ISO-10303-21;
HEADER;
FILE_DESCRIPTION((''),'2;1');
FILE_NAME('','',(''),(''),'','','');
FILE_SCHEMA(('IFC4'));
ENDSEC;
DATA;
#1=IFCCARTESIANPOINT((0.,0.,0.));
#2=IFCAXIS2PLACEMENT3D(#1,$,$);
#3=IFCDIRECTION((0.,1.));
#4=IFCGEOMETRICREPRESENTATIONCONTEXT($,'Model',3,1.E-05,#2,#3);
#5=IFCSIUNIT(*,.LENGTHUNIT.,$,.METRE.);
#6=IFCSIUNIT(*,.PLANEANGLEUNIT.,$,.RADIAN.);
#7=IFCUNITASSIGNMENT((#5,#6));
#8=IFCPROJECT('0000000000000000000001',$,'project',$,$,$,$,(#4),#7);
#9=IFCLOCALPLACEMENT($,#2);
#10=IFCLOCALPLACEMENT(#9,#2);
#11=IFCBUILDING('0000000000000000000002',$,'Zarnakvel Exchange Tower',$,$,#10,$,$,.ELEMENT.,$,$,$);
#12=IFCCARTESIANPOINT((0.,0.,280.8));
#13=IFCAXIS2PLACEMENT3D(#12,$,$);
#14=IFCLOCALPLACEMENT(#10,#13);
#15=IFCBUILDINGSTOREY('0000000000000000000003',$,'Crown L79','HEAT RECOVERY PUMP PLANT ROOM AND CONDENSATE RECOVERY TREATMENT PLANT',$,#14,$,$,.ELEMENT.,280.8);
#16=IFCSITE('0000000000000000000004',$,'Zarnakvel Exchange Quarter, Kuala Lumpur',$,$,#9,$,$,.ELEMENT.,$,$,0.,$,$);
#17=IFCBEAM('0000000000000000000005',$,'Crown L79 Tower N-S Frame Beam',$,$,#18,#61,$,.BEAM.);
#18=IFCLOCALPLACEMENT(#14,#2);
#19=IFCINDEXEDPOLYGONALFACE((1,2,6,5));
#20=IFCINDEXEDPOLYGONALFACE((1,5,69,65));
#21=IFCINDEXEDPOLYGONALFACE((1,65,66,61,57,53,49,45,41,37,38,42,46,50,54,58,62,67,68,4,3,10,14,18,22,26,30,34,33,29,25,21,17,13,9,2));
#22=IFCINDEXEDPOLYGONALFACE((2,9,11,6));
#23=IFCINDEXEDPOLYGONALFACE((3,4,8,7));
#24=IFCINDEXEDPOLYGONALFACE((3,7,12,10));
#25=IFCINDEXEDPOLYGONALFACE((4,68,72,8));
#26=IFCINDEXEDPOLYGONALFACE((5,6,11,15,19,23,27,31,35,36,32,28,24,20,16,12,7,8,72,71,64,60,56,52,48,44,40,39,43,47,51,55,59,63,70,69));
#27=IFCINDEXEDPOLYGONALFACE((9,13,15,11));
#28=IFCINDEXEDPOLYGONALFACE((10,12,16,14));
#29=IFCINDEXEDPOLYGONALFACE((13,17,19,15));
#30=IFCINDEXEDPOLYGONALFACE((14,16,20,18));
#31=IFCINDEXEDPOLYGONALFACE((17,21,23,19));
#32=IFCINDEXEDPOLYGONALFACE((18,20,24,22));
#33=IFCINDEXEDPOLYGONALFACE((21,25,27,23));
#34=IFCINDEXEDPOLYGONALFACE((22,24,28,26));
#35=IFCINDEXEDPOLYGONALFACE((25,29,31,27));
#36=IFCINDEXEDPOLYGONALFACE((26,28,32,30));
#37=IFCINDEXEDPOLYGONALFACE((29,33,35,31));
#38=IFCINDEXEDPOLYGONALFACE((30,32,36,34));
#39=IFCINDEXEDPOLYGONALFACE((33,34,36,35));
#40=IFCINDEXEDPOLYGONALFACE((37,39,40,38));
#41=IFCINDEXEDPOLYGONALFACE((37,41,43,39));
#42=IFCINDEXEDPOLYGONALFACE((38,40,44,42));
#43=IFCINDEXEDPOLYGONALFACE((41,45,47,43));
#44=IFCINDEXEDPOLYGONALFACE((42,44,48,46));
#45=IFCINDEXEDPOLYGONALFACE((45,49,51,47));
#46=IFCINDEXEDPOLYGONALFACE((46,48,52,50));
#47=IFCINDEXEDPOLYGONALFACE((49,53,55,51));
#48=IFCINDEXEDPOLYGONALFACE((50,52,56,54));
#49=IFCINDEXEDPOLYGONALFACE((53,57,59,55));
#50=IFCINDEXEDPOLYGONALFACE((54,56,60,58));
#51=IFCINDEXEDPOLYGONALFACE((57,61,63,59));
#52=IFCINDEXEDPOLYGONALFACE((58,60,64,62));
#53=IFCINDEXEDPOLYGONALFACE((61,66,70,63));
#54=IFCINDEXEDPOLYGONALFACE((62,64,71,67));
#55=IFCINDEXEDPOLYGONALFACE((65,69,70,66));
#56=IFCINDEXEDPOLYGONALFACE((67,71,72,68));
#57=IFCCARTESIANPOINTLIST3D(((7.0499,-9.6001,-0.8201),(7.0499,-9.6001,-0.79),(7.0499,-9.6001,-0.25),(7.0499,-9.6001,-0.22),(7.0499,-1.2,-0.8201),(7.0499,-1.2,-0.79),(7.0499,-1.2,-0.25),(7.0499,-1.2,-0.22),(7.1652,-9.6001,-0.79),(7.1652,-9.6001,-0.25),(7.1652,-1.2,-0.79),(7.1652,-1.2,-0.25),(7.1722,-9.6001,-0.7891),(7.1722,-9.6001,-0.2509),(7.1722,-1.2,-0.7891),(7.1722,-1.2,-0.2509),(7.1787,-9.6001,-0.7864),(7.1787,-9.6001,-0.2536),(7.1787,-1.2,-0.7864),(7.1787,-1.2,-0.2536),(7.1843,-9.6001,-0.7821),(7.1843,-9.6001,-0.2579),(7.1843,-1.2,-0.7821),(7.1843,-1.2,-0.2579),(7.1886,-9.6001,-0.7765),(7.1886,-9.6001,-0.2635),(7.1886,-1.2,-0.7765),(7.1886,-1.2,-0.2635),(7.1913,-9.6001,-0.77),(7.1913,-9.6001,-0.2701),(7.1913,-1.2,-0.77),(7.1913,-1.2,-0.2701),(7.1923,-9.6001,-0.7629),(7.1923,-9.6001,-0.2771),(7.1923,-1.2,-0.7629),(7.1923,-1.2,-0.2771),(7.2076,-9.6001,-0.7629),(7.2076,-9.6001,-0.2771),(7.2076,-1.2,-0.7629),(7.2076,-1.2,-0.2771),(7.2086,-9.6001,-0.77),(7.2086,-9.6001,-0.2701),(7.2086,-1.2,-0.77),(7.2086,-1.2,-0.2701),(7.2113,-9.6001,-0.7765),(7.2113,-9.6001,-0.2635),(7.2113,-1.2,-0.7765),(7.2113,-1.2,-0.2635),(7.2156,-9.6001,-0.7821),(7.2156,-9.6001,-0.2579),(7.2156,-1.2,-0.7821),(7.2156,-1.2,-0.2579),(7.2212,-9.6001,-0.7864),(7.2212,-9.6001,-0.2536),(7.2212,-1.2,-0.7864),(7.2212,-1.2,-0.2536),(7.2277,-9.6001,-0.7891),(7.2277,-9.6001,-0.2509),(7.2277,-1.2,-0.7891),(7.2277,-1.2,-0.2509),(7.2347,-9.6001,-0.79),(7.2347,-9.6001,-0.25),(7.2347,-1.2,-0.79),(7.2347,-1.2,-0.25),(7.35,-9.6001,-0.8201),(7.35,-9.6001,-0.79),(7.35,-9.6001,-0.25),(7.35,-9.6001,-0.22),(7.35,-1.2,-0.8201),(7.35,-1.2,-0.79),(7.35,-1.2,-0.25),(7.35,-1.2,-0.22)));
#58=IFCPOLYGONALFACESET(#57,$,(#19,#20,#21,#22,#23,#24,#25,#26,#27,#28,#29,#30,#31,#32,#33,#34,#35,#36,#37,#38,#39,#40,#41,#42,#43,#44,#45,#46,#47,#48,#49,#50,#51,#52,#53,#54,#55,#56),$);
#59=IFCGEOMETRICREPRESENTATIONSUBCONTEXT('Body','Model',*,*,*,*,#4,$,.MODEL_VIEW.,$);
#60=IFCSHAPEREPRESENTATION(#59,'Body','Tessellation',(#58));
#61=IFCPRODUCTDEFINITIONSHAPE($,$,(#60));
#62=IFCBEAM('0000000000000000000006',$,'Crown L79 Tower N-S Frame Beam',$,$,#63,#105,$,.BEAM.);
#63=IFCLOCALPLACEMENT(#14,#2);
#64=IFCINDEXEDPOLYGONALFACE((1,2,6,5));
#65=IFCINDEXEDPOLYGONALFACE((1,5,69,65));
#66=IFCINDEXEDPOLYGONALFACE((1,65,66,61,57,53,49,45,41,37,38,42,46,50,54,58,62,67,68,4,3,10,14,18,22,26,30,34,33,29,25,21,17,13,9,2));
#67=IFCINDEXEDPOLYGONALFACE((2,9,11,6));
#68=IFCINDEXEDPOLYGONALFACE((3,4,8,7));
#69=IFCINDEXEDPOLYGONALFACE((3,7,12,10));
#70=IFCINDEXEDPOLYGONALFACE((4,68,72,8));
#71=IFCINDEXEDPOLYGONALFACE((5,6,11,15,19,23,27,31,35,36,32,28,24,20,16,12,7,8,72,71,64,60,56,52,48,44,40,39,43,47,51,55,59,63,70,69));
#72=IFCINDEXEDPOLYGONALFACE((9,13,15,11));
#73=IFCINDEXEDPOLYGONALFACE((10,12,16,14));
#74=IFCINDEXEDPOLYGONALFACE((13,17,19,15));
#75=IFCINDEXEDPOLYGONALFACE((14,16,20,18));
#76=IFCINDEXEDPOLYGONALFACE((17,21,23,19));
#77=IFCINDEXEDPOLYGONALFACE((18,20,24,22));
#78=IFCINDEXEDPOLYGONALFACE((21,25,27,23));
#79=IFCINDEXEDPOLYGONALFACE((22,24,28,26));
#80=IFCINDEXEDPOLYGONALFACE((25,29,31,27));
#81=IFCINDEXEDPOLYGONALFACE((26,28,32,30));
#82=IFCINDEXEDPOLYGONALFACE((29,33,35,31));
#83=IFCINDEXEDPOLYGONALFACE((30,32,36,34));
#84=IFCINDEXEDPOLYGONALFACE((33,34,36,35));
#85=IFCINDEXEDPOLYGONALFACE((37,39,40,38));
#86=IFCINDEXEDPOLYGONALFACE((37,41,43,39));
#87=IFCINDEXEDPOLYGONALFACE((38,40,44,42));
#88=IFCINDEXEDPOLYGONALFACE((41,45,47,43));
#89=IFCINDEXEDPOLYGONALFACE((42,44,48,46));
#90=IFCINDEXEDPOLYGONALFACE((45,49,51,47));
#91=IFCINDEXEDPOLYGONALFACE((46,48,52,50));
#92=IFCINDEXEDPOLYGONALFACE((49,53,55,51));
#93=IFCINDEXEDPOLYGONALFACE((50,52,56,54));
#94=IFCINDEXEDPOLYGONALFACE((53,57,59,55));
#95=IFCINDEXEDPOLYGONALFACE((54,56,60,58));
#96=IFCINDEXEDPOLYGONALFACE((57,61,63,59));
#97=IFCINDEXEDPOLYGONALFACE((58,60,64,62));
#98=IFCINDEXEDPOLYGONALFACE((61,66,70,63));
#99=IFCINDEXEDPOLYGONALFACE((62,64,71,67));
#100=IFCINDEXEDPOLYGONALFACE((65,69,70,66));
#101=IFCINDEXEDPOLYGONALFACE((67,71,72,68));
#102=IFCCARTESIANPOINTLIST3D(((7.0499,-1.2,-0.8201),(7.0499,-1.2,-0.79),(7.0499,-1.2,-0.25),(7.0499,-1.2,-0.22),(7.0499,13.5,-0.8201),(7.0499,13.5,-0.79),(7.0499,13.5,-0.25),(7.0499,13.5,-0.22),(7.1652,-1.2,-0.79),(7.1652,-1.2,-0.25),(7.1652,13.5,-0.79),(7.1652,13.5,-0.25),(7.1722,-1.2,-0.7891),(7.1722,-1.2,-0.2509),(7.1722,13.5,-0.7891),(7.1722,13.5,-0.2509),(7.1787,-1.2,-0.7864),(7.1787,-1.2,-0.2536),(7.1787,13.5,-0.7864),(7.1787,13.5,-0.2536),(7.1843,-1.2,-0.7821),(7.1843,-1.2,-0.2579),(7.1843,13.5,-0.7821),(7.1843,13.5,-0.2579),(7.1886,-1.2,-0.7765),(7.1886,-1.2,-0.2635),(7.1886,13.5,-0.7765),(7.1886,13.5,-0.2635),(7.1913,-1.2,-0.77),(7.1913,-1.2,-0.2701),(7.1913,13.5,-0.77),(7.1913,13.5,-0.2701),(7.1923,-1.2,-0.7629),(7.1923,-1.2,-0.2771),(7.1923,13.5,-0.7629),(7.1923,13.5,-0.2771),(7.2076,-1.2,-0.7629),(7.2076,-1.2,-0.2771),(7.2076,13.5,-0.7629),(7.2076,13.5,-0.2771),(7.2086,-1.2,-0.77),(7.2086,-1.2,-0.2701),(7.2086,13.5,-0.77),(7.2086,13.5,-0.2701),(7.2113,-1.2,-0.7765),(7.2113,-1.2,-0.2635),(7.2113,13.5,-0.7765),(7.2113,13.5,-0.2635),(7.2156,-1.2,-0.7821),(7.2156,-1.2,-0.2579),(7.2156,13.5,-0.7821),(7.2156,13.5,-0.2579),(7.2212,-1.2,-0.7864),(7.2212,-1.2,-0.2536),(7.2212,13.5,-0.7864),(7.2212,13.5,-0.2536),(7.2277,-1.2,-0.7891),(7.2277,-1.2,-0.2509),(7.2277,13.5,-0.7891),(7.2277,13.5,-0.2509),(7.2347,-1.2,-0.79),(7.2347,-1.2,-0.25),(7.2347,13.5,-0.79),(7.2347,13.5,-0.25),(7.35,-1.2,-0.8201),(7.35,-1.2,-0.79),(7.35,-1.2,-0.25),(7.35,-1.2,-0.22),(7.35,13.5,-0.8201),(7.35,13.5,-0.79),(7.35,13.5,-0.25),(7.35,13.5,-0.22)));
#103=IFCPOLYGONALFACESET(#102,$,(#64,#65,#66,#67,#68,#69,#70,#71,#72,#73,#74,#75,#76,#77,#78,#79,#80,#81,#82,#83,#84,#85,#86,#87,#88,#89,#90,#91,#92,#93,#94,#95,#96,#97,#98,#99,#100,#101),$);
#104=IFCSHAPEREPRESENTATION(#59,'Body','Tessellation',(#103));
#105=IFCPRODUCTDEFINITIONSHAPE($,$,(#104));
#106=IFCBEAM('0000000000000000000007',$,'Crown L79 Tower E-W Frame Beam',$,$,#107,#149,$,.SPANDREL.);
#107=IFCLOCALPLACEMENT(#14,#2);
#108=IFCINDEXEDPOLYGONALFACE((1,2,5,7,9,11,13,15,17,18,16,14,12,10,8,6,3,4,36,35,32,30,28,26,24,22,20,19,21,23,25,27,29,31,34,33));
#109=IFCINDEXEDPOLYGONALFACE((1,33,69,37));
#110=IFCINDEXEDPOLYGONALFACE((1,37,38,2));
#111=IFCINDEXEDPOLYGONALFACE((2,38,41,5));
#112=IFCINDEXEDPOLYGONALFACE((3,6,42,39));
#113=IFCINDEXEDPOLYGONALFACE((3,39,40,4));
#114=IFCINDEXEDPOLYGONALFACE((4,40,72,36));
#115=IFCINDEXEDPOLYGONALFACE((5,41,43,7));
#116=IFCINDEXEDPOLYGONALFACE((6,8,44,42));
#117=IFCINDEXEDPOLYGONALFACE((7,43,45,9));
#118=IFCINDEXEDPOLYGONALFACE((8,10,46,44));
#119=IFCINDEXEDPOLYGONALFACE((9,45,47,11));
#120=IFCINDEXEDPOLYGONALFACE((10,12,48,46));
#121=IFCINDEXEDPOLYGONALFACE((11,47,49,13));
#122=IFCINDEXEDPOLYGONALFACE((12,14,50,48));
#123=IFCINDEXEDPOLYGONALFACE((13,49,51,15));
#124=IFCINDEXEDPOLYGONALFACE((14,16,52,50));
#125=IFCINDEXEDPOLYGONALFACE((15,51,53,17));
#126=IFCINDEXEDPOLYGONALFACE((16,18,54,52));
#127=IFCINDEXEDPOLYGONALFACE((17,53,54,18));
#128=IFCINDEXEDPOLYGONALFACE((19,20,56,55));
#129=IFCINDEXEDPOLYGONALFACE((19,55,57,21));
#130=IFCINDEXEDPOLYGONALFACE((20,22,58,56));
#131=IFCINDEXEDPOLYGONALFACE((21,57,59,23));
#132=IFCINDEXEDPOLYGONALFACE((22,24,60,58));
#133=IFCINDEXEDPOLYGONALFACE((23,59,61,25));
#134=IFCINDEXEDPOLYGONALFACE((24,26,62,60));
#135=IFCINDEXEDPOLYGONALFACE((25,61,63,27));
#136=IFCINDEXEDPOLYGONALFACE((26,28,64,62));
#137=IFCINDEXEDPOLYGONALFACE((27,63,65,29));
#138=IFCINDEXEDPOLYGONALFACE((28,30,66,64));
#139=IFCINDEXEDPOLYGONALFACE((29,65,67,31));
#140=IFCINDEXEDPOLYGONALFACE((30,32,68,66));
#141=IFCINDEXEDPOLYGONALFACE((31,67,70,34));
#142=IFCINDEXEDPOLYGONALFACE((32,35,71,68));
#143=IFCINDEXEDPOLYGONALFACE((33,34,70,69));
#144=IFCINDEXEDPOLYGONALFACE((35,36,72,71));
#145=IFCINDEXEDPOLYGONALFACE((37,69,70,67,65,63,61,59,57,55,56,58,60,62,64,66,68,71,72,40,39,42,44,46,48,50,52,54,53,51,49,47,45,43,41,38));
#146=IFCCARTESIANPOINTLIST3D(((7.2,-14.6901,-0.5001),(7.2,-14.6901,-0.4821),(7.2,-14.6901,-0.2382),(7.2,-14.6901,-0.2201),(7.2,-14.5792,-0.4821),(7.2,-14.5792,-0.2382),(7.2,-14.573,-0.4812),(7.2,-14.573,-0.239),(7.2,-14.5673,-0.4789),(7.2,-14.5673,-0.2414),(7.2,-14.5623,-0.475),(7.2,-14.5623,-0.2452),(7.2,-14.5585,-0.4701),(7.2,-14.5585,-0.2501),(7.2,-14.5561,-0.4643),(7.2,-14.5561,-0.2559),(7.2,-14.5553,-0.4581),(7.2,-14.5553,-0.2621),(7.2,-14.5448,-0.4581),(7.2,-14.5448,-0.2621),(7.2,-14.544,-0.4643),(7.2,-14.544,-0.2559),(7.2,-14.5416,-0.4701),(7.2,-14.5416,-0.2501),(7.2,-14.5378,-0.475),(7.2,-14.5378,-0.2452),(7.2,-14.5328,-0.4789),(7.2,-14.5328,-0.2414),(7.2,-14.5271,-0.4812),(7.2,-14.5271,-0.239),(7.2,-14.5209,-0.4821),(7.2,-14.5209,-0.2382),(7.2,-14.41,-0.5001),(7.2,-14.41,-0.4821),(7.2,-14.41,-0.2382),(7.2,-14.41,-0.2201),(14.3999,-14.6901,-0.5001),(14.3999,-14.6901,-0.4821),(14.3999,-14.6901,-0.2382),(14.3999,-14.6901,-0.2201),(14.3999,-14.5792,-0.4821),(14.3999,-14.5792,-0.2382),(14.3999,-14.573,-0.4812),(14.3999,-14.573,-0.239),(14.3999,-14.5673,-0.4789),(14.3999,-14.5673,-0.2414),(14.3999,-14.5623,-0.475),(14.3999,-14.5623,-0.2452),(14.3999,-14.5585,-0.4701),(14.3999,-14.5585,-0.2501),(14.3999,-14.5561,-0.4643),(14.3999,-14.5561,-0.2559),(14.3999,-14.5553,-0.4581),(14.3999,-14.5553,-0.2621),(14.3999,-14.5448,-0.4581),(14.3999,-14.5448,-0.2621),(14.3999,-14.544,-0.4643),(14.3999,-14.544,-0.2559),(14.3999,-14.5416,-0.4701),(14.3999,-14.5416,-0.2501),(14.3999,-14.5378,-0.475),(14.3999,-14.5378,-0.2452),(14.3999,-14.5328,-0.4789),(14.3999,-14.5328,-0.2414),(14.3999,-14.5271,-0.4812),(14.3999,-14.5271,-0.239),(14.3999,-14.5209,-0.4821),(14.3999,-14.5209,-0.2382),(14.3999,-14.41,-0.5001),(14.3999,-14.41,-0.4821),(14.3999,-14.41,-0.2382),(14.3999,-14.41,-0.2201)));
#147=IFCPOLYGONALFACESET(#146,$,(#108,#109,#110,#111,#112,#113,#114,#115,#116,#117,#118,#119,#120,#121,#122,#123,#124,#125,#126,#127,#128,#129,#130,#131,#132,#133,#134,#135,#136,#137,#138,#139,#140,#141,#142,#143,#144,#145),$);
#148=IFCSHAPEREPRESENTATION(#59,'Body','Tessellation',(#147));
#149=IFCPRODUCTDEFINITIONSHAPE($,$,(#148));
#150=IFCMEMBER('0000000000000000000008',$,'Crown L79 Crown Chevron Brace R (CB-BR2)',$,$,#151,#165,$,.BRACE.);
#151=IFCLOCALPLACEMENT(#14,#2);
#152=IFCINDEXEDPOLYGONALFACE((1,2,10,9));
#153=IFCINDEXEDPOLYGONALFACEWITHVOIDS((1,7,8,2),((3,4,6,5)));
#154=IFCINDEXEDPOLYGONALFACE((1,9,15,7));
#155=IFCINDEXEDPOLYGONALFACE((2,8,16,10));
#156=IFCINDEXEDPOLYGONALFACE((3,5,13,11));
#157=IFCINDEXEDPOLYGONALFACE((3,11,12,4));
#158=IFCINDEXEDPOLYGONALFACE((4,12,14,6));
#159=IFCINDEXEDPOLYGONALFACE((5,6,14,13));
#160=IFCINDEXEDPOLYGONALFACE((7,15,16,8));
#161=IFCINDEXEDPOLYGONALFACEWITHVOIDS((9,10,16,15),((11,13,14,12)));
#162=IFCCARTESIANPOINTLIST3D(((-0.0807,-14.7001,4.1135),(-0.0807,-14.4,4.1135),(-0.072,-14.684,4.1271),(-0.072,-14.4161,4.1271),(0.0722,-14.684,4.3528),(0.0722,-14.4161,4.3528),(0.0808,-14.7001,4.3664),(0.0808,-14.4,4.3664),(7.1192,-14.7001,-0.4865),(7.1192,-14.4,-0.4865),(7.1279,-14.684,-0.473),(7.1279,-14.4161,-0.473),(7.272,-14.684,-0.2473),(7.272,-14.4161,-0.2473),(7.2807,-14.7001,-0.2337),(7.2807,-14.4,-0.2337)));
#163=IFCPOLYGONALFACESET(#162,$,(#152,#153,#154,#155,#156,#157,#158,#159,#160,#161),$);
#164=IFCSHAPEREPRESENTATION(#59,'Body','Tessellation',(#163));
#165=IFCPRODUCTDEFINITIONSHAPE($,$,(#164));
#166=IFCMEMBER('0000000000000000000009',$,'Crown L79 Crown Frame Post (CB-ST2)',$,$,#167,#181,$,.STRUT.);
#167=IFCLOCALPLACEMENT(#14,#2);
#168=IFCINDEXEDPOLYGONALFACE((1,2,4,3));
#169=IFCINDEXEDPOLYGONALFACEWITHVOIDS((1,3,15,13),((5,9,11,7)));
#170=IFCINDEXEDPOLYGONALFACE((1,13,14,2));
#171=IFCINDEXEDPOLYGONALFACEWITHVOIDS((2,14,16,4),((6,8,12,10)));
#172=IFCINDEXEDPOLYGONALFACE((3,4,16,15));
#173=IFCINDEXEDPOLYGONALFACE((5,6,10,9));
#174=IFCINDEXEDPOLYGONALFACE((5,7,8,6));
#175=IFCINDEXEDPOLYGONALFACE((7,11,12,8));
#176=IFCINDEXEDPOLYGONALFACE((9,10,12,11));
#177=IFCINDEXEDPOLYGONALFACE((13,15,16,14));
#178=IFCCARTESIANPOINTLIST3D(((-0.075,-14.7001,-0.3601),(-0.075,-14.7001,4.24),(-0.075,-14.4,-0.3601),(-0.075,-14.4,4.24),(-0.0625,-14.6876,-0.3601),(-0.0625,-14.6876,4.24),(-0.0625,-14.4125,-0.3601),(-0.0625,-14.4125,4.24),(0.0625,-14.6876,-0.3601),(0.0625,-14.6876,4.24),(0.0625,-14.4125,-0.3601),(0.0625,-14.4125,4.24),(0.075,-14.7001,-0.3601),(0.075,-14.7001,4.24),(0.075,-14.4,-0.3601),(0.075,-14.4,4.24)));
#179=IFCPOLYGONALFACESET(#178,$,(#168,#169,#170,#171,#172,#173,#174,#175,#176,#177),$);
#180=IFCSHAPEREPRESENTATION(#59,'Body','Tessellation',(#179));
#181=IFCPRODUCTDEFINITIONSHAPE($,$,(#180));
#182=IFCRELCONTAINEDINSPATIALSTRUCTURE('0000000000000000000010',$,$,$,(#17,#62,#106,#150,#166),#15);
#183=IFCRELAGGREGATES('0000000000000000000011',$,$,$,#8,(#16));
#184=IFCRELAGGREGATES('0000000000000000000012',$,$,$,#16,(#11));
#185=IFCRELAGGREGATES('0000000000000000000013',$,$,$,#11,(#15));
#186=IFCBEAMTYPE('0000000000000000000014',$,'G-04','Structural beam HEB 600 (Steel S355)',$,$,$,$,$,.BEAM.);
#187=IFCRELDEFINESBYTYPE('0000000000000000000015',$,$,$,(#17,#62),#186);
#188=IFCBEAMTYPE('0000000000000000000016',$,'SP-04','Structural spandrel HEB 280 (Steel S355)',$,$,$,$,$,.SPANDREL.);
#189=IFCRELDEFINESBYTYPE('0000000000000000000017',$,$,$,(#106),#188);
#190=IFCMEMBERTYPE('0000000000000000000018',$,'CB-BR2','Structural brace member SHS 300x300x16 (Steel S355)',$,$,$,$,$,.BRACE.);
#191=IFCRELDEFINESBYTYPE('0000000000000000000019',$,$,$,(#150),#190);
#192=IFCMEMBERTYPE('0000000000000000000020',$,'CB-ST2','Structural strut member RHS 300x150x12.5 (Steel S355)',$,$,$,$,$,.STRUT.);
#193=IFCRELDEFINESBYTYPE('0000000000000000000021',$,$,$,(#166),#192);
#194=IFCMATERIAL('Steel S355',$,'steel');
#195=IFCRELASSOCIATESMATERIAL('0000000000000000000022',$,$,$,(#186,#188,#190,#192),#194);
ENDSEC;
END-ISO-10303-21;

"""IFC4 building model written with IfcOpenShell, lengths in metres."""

from ifc_helpers import new_model, si_unit, direction, frame, origin, origin_2d, place, context, subcontext, project, spatial, hollow_rectangle, i_section, extrude, source, transform, mapped, material, material_profile, profile_set, type_object, element, save


model = new_model("IFC4")

# Units and contexts
model_context = context("Model", 3, precision=1e-05, world=origin(), true_north=direction((0.0, 1.0)))
body_context = subcontext(model_context, "Body", "Model", "MODEL_VIEW")
ifc_project = project(units=[si_unit("LENGTHUNIT", "METRE"), si_unit("PLANEANGLEUNIT", "RADIAN")], contexts=[model_context])

# Site, building, storey
site_placement = place(None, origin())
site = spatial("IfcSite", under=ifc_project, at=site_placement, Name="Zarnakvel Exchange Quarter, Kuala Lumpur", CompositionType="ELEMENT", RefElevation=0.0)
building_placement = place(site_placement, origin())
building = spatial("IfcBuilding", under=site, at=building_placement, Name="Zarnakvel Exchange Tower", CompositionType="ELEMENT")
storey_placement = place(building_placement, frame((0.0, 0.0, 280.8)))
storey = spatial("IfcBuildingStorey", under=building, at=storey_placement, Name="Crown L79", Description="HEAT RECOVERY PUMP PLANT ROOM AND CONDENSATE RECOVERY TREATMENT PLANT", CompositionType="ELEMENT", Elevation=280.8)

# Shared definitions
ifc_material_1 = material(Name="Steel S355", Category="steel")

# Beams
ifc_material_profile_1 = material_profile(ifc_material_1, i_section(OverallWidth=0.3, OverallDepth=0.6001, WebThickness=0.0154, FlangeThickness=0.03, FilletRadius=0.0271, at=origin_2d()))
ifc_profile_set_1 = profile_set([ifc_material_profile_1], Name="Steel S355")
beam_type_1 = type_object("IfcBeamType", Name="G-04", Description="Structural beam HEB 600 (Steel S355)", PredefinedType="BEAM", material=ifc_profile_set_1)
beam_1_placement = place(storey_placement, frame((7.2, -9.6001, -0.52), z_axis=(0.0, 1.0, 0.0), x_axis=(-1.0, 0.0, 0.0)))
element("IfcBeam", 1, at=beam_1_placement, inside=storey, type_object=beam_type_1, Name="Crown L79 Tower N-S Frame Beam", PredefinedType="BEAM", context=body_context, shape_type="SweptSolid", body=[
    extrude(i_section(OverallWidth=0.3, OverallDepth=0.6001, WebThickness=0.0154, FlangeThickness=0.03, FilletRadius=0.0271, at=origin_2d()), origin(), (0.0, 0.0, 1.0), 8.4001),
])
beam_2_placement = place(storey_placement, frame((7.2, -1.2, -0.52), z_axis=(0.0, 1.0, 0.0), x_axis=(-1.0, 0.0, 0.0)))
element("IfcBeam", 2, at=beam_2_placement, inside=storey, type_object=beam_type_1, Name="Crown L79 Tower N-S Frame Beam", PredefinedType="BEAM", context=body_context, shape_type="SweptSolid", body=[
    extrude(i_section(OverallWidth=0.3, OverallDepth=0.6001, WebThickness=0.0154, FlangeThickness=0.03, FilletRadius=0.0271, at=origin_2d()), origin(), (0.0, 0.0, 1.0), 14.7),
])
ifc_material_profile_2 = material_profile(ifc_material_1, i_section(OverallWidth=0.28, OverallDepth=0.28, WebThickness=0.0105, FlangeThickness=0.0181, FilletRadius=0.0239, at=origin_2d()))
ifc_profile_set_2 = profile_set([ifc_material_profile_2], Name="Steel S355")
beam_type_2 = type_object("IfcBeamType", Name="SP-04", Description="Structural spandrel HEB 280 (Steel S355)", PredefinedType="SPANDREL", material=ifc_profile_set_2)
beam_3_placement = place(storey_placement, frame((7.2, -14.55, -0.3601), z_axis=(1.0, 0.0, 0.0), x_axis=(0.0, 1.0, 0.0)))
element("IfcBeam", 3, at=beam_3_placement, inside=storey, type_object=beam_type_2, Name="Crown L79 Tower E-W Frame Beam", PredefinedType="SPANDREL", context=body_context, shape_type="SweptSolid", body=[
    extrude(i_section(OverallWidth=0.28, OverallDepth=0.28, WebThickness=0.0105, FlangeThickness=0.0181, FilletRadius=0.0239, at=origin_2d()), origin(), (0.0, 0.0, 1.0), 7.2),
])

# Members
ifc_material_profile_3 = material_profile(ifc_material_1, hollow_rectangle(XDim=0.3, YDim=0.3, WallThickness=0.0161, at=origin_2d()))
ifc_profile_set_3 = profile_set([ifc_material_profile_3], Name="Steel S355")
member_type_1 = type_object("IfcMemberType", Name="CB-BR2", Description="Structural brace member SHS 300x300x16 (Steel S355)", PredefinedType="BRACE", material=ifc_profile_set_3)
shared_shape_1 = source(origin(), body_context, "Body", "SweptSolid", [
    extrude(hollow_rectangle(XDim=0.3, YDim=0.3, WallThickness=0.0161, at=origin_2d()), origin(), (0.0, 0.0, 1.0), 8.5439),
])
member_1_placement = place(storey_placement, frame((7.2, -14.55, -0.3601), z_axis=(-0.842689, 0.0, 0.5384), x_axis=(0.0, -1.0, 0.0)))
element("IfcMember", 4, at=member_1_placement, inside=storey, type_object=member_type_1, Name="Crown L79 Crown Chevron Brace R (CB-BR2)", PredefinedType="BRACE", context=body_context, shape_type="MappedRepresentation", body=[
    mapped(shared_shape_1, transform((0.0, 0.0, 0.0), x_axis=(1.0, 0.0, 0.0), y_axis=(0.0, 1.0, 0.0), z_axis=(0.0, 0.0, 1.0), scale=1.0)),
])
ifc_material_profile_4 = material_profile(ifc_material_1, hollow_rectangle(XDim=0.1499, YDim=0.3, WallThickness=0.0125, at=origin_2d()))
ifc_profile_set_4 = profile_set([ifc_material_profile_4], Name="Steel S355")
member_type_2 = type_object("IfcMemberType", Name="CB-ST2", Description="Structural strut member RHS 300x150x12.5 (Steel S355)", PredefinedType="STRUT", material=ifc_profile_set_4)
shared_shape_2 = source(origin(), body_context, "Body", "SweptSolid", [
    extrude(hollow_rectangle(XDim=0.1499, YDim=0.3, WallThickness=0.0125, at=origin_2d()), origin(), (0.0, 0.0, 1.0), 4.6001),
])
member_2_placement = place(storey_placement, frame((0.0, -14.55, -0.3601), z_axis=(0.0, 0.0, 1.0), x_axis=(1.0, 0.0, 0.0)))
element("IfcMember", 5, at=member_2_placement, inside=storey, type_object=member_type_2, Name="Crown L79 Crown Frame Post (CB-ST2)", PredefinedType="STRUT", context=body_context, shape_type="MappedRepresentation", body=[
    mapped(shared_shape_2, transform((0.0, 0.0, 0.0), x_axis=(1.0, 0.0, 0.0), y_axis=(0.0, 1.0, 0.0), z_axis=(0.0, 0.0, 1.0), scale=1.0)),
])

save(model, "model.ifc")
